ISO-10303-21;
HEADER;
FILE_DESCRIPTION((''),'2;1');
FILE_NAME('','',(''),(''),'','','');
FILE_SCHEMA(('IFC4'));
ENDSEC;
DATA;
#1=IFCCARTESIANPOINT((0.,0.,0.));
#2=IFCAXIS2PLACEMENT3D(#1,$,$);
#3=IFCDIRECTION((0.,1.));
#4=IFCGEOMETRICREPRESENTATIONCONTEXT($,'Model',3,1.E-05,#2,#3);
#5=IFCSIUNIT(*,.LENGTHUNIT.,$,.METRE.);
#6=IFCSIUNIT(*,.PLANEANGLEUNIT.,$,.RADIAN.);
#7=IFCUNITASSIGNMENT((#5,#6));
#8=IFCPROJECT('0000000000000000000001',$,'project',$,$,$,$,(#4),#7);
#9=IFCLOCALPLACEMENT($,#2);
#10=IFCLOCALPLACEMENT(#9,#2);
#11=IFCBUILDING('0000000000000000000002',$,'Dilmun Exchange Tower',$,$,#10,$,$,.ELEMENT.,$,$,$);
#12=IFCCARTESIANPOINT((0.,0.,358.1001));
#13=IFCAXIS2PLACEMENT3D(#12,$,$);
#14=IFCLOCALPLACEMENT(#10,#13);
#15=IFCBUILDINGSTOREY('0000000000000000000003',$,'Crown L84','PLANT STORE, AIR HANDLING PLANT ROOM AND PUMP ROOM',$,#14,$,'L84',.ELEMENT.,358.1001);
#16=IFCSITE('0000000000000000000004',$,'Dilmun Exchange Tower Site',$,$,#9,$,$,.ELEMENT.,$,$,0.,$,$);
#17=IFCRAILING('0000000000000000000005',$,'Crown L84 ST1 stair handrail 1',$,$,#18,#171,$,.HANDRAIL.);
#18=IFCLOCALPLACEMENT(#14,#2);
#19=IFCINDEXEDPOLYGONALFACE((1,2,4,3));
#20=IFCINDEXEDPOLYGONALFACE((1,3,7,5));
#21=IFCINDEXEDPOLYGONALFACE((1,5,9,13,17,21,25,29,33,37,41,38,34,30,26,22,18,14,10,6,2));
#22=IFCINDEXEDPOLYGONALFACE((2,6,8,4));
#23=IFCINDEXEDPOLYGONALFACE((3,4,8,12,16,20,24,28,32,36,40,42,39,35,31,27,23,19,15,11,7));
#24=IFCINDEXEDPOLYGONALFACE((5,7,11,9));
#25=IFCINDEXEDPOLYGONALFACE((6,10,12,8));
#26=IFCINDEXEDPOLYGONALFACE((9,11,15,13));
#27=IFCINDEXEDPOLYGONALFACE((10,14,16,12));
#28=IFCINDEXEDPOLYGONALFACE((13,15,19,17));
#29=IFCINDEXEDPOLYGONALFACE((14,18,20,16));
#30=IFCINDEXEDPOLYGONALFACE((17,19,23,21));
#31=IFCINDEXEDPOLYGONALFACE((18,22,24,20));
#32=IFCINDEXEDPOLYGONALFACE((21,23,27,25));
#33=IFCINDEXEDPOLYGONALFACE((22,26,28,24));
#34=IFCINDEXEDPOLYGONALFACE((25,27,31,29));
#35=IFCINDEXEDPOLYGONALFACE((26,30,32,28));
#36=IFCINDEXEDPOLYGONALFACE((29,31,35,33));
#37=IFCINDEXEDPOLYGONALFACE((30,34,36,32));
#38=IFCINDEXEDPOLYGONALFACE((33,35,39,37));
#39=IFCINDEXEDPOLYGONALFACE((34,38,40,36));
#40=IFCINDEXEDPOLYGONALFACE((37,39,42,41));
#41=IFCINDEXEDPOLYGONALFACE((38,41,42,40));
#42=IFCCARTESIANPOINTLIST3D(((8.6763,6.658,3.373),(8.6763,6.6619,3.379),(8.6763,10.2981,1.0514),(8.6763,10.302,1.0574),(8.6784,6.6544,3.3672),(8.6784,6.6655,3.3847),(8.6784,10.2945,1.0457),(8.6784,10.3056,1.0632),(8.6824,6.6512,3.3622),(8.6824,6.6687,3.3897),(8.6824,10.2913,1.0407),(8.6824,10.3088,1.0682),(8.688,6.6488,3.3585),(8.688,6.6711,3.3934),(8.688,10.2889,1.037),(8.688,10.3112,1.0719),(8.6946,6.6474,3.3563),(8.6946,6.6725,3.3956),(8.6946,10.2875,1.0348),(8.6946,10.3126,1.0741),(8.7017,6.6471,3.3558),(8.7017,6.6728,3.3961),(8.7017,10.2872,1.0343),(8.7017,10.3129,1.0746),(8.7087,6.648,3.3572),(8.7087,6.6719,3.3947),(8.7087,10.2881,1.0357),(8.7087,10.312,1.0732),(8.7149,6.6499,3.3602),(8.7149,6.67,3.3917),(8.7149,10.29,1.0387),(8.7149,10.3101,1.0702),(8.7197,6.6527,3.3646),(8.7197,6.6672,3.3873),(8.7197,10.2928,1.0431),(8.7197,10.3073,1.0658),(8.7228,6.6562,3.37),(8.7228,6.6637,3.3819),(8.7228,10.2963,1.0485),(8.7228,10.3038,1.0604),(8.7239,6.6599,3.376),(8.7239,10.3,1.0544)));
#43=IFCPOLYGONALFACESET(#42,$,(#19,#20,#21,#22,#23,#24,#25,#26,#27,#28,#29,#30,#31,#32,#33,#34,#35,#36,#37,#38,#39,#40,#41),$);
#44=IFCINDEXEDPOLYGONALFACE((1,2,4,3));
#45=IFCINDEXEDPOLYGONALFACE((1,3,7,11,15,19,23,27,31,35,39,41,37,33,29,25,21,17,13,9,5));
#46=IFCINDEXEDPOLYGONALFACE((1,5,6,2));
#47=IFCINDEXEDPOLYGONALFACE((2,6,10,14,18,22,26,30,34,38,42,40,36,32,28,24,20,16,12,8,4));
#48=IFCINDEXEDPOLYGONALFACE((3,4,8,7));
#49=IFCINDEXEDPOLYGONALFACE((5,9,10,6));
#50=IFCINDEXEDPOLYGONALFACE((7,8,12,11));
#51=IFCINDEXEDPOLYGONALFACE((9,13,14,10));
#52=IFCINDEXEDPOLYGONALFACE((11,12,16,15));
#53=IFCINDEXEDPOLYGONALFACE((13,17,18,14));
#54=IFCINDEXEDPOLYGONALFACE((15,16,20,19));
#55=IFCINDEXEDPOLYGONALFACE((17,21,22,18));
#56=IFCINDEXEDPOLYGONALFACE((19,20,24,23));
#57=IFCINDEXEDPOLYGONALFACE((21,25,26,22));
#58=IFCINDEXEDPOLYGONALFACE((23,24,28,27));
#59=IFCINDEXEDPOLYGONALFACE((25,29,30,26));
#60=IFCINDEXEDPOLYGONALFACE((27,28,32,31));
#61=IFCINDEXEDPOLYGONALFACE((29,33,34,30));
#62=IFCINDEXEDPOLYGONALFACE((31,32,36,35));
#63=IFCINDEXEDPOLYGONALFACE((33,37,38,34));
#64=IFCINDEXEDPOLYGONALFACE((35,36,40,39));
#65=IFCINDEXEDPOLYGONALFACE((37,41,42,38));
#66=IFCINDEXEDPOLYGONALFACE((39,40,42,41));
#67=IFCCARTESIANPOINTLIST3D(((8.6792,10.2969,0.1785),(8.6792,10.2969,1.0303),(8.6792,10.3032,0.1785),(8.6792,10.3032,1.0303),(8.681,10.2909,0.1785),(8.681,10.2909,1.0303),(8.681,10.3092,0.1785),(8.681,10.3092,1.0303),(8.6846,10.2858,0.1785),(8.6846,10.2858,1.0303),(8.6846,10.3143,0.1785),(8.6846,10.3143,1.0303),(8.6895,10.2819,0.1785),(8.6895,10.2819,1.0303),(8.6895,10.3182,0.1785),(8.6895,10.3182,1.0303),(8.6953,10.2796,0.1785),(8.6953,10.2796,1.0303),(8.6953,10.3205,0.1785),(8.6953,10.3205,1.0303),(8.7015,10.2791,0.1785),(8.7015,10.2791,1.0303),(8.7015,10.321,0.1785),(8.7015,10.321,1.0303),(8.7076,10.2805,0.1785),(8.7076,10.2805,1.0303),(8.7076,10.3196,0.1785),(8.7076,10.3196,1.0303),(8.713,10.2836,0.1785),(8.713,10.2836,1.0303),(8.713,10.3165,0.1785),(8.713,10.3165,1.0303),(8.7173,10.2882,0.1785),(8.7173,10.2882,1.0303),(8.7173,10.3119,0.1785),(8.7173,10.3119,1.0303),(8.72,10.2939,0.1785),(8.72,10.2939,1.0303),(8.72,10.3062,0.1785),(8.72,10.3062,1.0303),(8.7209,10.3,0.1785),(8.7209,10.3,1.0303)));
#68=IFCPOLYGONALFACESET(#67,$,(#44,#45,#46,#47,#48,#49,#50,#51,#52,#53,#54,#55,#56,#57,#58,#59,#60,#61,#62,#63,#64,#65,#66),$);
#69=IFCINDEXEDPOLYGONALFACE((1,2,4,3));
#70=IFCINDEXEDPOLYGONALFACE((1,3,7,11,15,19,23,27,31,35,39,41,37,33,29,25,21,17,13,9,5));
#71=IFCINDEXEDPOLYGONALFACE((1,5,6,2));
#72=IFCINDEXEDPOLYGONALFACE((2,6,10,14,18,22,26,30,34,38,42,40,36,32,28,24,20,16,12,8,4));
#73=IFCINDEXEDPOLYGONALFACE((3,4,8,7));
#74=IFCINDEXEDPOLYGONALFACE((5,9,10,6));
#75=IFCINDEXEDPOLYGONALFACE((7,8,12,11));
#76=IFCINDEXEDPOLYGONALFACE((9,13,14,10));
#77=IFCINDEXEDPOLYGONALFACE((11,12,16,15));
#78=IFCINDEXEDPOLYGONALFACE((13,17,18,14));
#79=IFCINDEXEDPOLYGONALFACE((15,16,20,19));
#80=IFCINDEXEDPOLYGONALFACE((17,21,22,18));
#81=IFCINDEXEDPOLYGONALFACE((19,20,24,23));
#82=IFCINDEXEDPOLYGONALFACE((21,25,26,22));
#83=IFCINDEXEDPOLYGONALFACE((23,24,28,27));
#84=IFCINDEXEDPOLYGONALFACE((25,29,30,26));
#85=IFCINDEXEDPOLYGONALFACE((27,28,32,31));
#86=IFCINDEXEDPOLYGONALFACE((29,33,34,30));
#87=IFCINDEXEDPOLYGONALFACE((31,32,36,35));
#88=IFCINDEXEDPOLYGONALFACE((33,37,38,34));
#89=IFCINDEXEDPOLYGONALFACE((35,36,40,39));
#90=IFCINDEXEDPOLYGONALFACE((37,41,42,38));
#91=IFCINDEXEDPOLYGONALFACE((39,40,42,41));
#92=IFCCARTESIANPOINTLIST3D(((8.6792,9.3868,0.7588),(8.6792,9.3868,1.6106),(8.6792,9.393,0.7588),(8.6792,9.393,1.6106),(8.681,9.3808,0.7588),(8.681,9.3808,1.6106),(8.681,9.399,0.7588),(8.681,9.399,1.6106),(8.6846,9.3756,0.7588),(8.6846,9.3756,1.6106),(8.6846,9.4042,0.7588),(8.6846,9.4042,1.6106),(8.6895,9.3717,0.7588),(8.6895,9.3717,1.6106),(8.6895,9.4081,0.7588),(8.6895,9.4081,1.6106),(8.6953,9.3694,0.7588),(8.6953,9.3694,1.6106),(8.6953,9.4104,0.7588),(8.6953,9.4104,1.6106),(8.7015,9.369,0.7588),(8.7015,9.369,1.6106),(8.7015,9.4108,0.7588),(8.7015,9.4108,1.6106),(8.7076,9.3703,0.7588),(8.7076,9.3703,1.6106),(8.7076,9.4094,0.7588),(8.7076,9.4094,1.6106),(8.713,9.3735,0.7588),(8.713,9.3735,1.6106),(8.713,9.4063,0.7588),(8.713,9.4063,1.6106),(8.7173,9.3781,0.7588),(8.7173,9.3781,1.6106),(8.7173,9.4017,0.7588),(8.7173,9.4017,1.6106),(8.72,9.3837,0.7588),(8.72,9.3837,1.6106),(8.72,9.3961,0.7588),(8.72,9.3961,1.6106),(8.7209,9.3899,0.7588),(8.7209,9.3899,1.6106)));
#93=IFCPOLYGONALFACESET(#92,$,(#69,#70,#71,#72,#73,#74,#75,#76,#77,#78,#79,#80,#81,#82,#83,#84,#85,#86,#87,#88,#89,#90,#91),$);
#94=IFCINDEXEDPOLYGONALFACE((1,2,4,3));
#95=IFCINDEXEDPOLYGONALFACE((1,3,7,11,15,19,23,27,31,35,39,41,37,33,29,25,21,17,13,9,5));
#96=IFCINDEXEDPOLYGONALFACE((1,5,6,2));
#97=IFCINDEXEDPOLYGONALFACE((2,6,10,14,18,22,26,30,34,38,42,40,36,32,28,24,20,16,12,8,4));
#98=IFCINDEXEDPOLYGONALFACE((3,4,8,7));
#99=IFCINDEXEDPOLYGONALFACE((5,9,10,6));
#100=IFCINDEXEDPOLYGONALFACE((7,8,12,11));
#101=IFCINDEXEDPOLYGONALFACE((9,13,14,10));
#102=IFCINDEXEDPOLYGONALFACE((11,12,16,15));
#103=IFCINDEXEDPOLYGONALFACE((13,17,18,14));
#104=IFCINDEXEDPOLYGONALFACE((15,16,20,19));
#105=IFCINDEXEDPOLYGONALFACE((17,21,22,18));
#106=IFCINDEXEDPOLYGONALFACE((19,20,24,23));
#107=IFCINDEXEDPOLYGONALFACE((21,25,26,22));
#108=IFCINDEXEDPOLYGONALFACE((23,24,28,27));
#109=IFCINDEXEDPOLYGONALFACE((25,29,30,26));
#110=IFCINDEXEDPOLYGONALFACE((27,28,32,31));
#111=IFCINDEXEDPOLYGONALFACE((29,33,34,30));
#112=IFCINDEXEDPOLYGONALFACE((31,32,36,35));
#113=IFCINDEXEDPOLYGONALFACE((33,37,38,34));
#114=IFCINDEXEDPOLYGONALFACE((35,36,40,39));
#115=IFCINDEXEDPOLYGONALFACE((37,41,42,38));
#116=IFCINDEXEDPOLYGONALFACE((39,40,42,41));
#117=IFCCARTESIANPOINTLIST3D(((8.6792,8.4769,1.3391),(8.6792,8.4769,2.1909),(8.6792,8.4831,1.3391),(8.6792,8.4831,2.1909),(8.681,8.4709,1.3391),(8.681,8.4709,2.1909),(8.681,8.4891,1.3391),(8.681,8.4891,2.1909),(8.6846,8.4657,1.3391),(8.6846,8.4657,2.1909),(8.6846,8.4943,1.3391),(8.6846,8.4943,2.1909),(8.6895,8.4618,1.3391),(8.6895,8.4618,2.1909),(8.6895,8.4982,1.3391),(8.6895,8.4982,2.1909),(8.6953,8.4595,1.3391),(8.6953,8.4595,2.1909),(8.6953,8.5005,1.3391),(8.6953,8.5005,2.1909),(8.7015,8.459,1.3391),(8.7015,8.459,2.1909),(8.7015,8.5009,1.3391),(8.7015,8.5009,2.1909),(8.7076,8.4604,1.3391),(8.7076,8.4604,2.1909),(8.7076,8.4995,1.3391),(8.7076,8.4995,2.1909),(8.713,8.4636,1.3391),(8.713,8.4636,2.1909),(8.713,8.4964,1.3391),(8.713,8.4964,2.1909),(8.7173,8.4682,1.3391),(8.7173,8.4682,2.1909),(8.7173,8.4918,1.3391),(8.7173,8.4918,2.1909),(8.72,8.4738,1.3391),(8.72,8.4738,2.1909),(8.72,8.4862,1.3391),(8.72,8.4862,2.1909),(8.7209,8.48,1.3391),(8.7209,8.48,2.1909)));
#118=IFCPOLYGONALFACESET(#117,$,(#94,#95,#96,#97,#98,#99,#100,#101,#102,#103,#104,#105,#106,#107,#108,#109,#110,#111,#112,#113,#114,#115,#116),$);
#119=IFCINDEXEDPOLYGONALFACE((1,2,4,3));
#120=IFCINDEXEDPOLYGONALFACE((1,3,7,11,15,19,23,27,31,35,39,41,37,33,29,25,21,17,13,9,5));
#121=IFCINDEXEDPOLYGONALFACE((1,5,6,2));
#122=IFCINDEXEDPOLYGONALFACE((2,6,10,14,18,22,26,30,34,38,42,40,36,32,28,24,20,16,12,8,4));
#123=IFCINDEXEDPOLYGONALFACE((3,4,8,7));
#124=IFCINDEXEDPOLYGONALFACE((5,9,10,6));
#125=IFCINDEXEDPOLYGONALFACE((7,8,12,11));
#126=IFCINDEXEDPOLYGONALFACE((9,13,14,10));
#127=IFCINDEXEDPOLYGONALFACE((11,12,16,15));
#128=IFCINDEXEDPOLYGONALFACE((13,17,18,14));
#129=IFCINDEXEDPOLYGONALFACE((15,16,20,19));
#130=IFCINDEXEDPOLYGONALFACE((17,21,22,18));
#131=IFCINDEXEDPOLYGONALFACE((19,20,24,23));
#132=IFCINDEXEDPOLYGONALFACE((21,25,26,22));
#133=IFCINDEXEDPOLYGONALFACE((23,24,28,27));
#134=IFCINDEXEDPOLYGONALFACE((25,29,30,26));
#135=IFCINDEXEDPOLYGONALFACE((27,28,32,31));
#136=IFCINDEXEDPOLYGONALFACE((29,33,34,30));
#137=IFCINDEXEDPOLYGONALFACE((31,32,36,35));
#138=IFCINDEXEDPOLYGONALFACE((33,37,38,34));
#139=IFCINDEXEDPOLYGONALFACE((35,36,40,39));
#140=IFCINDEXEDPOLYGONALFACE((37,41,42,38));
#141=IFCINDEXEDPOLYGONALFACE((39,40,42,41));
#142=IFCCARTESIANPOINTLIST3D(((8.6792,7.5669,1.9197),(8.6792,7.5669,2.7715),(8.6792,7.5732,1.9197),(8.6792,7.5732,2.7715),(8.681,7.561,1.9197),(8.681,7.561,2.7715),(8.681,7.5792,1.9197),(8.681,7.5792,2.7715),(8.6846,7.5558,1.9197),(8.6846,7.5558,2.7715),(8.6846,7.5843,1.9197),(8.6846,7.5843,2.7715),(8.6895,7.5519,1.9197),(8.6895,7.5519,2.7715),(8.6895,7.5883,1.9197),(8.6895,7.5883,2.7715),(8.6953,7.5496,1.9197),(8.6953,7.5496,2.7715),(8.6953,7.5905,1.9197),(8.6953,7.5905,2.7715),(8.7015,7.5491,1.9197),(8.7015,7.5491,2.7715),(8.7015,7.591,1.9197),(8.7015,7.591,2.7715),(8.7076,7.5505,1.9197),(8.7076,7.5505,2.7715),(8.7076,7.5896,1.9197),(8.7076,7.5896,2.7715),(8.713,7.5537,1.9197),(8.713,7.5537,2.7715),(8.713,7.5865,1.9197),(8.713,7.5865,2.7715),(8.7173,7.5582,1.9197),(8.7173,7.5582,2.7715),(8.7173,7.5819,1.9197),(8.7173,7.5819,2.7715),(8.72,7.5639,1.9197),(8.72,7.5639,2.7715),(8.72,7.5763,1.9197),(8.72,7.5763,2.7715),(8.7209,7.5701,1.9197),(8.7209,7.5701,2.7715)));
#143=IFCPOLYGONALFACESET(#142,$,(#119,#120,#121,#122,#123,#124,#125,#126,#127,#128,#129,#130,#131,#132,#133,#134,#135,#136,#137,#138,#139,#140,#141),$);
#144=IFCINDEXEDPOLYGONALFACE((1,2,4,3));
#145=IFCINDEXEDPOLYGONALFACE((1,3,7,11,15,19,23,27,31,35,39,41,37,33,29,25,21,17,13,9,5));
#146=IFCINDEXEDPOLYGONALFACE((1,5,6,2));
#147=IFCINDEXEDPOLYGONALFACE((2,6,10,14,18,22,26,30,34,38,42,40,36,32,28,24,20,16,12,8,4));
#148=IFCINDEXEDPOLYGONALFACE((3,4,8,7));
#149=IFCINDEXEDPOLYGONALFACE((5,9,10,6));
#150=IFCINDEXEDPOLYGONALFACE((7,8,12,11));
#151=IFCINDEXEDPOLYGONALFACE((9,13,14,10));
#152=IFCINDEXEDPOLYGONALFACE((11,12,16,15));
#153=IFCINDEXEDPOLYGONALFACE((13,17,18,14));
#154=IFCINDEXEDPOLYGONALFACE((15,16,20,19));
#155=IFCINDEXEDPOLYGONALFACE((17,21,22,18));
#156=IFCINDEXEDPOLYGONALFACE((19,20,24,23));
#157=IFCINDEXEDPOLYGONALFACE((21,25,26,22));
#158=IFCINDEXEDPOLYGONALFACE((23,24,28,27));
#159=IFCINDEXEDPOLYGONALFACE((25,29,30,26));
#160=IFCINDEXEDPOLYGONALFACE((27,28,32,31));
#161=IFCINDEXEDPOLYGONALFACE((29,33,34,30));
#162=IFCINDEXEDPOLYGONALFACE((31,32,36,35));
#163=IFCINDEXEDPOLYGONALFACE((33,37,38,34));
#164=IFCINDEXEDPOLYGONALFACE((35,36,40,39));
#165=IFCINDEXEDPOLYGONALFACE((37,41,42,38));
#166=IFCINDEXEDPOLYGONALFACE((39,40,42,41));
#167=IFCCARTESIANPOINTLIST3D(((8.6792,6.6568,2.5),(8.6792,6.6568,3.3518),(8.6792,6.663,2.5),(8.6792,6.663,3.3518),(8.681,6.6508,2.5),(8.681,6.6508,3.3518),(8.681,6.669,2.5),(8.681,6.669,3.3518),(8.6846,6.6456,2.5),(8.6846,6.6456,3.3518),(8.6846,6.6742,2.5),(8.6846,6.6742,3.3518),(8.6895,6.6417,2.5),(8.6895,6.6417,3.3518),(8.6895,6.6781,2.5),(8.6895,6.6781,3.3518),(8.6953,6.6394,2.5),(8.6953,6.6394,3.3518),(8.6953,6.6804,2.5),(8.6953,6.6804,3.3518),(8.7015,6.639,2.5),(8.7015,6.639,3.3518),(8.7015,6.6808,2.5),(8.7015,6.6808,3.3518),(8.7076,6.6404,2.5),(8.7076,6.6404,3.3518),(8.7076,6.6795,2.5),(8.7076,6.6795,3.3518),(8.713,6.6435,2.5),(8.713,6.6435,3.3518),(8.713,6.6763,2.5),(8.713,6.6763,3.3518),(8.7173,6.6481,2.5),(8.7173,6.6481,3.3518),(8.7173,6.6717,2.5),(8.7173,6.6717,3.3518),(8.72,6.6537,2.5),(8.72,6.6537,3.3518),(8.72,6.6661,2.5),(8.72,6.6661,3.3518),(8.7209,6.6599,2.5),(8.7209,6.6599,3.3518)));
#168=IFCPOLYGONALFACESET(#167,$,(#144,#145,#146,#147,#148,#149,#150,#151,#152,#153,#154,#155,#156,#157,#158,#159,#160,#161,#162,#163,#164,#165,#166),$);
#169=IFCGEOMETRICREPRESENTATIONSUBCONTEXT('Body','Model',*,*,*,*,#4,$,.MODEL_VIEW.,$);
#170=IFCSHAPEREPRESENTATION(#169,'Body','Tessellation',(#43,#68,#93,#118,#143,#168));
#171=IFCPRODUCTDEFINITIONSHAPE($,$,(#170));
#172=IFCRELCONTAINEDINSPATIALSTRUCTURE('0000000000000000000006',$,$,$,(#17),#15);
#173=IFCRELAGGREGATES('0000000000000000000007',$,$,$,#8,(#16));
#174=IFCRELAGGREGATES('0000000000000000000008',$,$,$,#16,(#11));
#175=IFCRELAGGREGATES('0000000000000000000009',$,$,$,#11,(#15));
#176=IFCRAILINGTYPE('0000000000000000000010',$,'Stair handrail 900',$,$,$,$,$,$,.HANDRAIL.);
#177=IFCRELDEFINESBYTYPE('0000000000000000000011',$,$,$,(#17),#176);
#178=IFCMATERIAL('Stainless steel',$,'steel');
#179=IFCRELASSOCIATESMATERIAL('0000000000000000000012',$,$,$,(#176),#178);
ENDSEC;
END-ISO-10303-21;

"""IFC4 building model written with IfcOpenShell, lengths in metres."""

from ifc_helpers import new_model, si_unit, direction, frame, origin, origin_2d, place, context, subcontext, project, spatial, circle, extrude, material, type_object, element, save


model = new_model("IFC4")

# Units and contexts
model_context = context("Model", 3, precision=1e-05, world=origin(), true_north=direction((0.0, 1.0)))
body_context = subcontext(model_context, "Body", "Model", "MODEL_VIEW")
ifc_project = project(units=[si_unit("LENGTHUNIT", "METRE"), si_unit("PLANEANGLEUNIT", "RADIAN")], contexts=[model_context])

# Site, building, storey
site_placement = place(None, origin())
site = spatial("IfcSite", under=ifc_project, at=site_placement, Name="Dilmun Exchange Tower Site", CompositionType="ELEMENT", RefElevation=0.0)
building_placement = place(site_placement, origin())
building = spatial("IfcBuilding", under=site, at=building_placement, Name="Dilmun Exchange Tower", CompositionType="ELEMENT")
storey_placement = place(building_placement, frame((0.0, 0.0, 358.1001)))
storey = spatial("IfcBuildingStorey", under=building, at=storey_placement, Name="Crown L84", Description="PLANT STORE, AIR HANDLING PLANT ROOM AND PUMP ROOM", LongName="L84", CompositionType="ELEMENT", Elevation=358.1001)

# Railing
ifc_material_1 = material(Name="Stainless steel", Category="steel")
railing_type = type_object("IfcRailingType", Name="Stair handrail 900", PredefinedType="HANDRAIL", material=ifc_material_1)
railing_placement = place(storey_placement, frame((8.7, 10.3, 0.1785)))
element("IfcRailing", 1, at=railing_placement, inside=storey, type_object=railing_type, Name="Crown L84 ST1 stair handrail 1", PredefinedType="HANDRAIL", context=body_context, shape_type="SweptSolid", body=[
    extrude(circle(Radius=0.0239, at=origin_2d()), frame((0.0, 0.0, 0.876), z_axis=(0.0, -0.843128, 0.537713), x_axis=(1.0, 0.0, 0.0)), (0.0, 0.0, 1.0), 4.3174),
    extrude(circle(Radius=0.021, at=origin_2d()), origin(), (0.0, 0.0, 1.0), 0.8518),
    extrude(circle(Radius=0.021, at=origin_2d()), frame((0.0, -0.9102, 0.5803)), (0.0, 0.0, 1.0), 0.8518),
    extrude(circle(Radius=0.021, at=origin_2d()), frame((0.0, -1.8201, 1.1606)), (0.0, 0.0, 1.0), 0.8518),
    extrude(circle(Radius=0.021, at=origin_2d()), frame((0.0, -2.73, 1.7412)), (0.0, 0.0, 1.0), 0.8518),
    extrude(circle(Radius=0.021, at=origin_2d()), frame((0.0, -3.6401, 2.3215)), (0.0, 0.0, 1.0), 0.8518),
])

save(model, "model.ifc")
